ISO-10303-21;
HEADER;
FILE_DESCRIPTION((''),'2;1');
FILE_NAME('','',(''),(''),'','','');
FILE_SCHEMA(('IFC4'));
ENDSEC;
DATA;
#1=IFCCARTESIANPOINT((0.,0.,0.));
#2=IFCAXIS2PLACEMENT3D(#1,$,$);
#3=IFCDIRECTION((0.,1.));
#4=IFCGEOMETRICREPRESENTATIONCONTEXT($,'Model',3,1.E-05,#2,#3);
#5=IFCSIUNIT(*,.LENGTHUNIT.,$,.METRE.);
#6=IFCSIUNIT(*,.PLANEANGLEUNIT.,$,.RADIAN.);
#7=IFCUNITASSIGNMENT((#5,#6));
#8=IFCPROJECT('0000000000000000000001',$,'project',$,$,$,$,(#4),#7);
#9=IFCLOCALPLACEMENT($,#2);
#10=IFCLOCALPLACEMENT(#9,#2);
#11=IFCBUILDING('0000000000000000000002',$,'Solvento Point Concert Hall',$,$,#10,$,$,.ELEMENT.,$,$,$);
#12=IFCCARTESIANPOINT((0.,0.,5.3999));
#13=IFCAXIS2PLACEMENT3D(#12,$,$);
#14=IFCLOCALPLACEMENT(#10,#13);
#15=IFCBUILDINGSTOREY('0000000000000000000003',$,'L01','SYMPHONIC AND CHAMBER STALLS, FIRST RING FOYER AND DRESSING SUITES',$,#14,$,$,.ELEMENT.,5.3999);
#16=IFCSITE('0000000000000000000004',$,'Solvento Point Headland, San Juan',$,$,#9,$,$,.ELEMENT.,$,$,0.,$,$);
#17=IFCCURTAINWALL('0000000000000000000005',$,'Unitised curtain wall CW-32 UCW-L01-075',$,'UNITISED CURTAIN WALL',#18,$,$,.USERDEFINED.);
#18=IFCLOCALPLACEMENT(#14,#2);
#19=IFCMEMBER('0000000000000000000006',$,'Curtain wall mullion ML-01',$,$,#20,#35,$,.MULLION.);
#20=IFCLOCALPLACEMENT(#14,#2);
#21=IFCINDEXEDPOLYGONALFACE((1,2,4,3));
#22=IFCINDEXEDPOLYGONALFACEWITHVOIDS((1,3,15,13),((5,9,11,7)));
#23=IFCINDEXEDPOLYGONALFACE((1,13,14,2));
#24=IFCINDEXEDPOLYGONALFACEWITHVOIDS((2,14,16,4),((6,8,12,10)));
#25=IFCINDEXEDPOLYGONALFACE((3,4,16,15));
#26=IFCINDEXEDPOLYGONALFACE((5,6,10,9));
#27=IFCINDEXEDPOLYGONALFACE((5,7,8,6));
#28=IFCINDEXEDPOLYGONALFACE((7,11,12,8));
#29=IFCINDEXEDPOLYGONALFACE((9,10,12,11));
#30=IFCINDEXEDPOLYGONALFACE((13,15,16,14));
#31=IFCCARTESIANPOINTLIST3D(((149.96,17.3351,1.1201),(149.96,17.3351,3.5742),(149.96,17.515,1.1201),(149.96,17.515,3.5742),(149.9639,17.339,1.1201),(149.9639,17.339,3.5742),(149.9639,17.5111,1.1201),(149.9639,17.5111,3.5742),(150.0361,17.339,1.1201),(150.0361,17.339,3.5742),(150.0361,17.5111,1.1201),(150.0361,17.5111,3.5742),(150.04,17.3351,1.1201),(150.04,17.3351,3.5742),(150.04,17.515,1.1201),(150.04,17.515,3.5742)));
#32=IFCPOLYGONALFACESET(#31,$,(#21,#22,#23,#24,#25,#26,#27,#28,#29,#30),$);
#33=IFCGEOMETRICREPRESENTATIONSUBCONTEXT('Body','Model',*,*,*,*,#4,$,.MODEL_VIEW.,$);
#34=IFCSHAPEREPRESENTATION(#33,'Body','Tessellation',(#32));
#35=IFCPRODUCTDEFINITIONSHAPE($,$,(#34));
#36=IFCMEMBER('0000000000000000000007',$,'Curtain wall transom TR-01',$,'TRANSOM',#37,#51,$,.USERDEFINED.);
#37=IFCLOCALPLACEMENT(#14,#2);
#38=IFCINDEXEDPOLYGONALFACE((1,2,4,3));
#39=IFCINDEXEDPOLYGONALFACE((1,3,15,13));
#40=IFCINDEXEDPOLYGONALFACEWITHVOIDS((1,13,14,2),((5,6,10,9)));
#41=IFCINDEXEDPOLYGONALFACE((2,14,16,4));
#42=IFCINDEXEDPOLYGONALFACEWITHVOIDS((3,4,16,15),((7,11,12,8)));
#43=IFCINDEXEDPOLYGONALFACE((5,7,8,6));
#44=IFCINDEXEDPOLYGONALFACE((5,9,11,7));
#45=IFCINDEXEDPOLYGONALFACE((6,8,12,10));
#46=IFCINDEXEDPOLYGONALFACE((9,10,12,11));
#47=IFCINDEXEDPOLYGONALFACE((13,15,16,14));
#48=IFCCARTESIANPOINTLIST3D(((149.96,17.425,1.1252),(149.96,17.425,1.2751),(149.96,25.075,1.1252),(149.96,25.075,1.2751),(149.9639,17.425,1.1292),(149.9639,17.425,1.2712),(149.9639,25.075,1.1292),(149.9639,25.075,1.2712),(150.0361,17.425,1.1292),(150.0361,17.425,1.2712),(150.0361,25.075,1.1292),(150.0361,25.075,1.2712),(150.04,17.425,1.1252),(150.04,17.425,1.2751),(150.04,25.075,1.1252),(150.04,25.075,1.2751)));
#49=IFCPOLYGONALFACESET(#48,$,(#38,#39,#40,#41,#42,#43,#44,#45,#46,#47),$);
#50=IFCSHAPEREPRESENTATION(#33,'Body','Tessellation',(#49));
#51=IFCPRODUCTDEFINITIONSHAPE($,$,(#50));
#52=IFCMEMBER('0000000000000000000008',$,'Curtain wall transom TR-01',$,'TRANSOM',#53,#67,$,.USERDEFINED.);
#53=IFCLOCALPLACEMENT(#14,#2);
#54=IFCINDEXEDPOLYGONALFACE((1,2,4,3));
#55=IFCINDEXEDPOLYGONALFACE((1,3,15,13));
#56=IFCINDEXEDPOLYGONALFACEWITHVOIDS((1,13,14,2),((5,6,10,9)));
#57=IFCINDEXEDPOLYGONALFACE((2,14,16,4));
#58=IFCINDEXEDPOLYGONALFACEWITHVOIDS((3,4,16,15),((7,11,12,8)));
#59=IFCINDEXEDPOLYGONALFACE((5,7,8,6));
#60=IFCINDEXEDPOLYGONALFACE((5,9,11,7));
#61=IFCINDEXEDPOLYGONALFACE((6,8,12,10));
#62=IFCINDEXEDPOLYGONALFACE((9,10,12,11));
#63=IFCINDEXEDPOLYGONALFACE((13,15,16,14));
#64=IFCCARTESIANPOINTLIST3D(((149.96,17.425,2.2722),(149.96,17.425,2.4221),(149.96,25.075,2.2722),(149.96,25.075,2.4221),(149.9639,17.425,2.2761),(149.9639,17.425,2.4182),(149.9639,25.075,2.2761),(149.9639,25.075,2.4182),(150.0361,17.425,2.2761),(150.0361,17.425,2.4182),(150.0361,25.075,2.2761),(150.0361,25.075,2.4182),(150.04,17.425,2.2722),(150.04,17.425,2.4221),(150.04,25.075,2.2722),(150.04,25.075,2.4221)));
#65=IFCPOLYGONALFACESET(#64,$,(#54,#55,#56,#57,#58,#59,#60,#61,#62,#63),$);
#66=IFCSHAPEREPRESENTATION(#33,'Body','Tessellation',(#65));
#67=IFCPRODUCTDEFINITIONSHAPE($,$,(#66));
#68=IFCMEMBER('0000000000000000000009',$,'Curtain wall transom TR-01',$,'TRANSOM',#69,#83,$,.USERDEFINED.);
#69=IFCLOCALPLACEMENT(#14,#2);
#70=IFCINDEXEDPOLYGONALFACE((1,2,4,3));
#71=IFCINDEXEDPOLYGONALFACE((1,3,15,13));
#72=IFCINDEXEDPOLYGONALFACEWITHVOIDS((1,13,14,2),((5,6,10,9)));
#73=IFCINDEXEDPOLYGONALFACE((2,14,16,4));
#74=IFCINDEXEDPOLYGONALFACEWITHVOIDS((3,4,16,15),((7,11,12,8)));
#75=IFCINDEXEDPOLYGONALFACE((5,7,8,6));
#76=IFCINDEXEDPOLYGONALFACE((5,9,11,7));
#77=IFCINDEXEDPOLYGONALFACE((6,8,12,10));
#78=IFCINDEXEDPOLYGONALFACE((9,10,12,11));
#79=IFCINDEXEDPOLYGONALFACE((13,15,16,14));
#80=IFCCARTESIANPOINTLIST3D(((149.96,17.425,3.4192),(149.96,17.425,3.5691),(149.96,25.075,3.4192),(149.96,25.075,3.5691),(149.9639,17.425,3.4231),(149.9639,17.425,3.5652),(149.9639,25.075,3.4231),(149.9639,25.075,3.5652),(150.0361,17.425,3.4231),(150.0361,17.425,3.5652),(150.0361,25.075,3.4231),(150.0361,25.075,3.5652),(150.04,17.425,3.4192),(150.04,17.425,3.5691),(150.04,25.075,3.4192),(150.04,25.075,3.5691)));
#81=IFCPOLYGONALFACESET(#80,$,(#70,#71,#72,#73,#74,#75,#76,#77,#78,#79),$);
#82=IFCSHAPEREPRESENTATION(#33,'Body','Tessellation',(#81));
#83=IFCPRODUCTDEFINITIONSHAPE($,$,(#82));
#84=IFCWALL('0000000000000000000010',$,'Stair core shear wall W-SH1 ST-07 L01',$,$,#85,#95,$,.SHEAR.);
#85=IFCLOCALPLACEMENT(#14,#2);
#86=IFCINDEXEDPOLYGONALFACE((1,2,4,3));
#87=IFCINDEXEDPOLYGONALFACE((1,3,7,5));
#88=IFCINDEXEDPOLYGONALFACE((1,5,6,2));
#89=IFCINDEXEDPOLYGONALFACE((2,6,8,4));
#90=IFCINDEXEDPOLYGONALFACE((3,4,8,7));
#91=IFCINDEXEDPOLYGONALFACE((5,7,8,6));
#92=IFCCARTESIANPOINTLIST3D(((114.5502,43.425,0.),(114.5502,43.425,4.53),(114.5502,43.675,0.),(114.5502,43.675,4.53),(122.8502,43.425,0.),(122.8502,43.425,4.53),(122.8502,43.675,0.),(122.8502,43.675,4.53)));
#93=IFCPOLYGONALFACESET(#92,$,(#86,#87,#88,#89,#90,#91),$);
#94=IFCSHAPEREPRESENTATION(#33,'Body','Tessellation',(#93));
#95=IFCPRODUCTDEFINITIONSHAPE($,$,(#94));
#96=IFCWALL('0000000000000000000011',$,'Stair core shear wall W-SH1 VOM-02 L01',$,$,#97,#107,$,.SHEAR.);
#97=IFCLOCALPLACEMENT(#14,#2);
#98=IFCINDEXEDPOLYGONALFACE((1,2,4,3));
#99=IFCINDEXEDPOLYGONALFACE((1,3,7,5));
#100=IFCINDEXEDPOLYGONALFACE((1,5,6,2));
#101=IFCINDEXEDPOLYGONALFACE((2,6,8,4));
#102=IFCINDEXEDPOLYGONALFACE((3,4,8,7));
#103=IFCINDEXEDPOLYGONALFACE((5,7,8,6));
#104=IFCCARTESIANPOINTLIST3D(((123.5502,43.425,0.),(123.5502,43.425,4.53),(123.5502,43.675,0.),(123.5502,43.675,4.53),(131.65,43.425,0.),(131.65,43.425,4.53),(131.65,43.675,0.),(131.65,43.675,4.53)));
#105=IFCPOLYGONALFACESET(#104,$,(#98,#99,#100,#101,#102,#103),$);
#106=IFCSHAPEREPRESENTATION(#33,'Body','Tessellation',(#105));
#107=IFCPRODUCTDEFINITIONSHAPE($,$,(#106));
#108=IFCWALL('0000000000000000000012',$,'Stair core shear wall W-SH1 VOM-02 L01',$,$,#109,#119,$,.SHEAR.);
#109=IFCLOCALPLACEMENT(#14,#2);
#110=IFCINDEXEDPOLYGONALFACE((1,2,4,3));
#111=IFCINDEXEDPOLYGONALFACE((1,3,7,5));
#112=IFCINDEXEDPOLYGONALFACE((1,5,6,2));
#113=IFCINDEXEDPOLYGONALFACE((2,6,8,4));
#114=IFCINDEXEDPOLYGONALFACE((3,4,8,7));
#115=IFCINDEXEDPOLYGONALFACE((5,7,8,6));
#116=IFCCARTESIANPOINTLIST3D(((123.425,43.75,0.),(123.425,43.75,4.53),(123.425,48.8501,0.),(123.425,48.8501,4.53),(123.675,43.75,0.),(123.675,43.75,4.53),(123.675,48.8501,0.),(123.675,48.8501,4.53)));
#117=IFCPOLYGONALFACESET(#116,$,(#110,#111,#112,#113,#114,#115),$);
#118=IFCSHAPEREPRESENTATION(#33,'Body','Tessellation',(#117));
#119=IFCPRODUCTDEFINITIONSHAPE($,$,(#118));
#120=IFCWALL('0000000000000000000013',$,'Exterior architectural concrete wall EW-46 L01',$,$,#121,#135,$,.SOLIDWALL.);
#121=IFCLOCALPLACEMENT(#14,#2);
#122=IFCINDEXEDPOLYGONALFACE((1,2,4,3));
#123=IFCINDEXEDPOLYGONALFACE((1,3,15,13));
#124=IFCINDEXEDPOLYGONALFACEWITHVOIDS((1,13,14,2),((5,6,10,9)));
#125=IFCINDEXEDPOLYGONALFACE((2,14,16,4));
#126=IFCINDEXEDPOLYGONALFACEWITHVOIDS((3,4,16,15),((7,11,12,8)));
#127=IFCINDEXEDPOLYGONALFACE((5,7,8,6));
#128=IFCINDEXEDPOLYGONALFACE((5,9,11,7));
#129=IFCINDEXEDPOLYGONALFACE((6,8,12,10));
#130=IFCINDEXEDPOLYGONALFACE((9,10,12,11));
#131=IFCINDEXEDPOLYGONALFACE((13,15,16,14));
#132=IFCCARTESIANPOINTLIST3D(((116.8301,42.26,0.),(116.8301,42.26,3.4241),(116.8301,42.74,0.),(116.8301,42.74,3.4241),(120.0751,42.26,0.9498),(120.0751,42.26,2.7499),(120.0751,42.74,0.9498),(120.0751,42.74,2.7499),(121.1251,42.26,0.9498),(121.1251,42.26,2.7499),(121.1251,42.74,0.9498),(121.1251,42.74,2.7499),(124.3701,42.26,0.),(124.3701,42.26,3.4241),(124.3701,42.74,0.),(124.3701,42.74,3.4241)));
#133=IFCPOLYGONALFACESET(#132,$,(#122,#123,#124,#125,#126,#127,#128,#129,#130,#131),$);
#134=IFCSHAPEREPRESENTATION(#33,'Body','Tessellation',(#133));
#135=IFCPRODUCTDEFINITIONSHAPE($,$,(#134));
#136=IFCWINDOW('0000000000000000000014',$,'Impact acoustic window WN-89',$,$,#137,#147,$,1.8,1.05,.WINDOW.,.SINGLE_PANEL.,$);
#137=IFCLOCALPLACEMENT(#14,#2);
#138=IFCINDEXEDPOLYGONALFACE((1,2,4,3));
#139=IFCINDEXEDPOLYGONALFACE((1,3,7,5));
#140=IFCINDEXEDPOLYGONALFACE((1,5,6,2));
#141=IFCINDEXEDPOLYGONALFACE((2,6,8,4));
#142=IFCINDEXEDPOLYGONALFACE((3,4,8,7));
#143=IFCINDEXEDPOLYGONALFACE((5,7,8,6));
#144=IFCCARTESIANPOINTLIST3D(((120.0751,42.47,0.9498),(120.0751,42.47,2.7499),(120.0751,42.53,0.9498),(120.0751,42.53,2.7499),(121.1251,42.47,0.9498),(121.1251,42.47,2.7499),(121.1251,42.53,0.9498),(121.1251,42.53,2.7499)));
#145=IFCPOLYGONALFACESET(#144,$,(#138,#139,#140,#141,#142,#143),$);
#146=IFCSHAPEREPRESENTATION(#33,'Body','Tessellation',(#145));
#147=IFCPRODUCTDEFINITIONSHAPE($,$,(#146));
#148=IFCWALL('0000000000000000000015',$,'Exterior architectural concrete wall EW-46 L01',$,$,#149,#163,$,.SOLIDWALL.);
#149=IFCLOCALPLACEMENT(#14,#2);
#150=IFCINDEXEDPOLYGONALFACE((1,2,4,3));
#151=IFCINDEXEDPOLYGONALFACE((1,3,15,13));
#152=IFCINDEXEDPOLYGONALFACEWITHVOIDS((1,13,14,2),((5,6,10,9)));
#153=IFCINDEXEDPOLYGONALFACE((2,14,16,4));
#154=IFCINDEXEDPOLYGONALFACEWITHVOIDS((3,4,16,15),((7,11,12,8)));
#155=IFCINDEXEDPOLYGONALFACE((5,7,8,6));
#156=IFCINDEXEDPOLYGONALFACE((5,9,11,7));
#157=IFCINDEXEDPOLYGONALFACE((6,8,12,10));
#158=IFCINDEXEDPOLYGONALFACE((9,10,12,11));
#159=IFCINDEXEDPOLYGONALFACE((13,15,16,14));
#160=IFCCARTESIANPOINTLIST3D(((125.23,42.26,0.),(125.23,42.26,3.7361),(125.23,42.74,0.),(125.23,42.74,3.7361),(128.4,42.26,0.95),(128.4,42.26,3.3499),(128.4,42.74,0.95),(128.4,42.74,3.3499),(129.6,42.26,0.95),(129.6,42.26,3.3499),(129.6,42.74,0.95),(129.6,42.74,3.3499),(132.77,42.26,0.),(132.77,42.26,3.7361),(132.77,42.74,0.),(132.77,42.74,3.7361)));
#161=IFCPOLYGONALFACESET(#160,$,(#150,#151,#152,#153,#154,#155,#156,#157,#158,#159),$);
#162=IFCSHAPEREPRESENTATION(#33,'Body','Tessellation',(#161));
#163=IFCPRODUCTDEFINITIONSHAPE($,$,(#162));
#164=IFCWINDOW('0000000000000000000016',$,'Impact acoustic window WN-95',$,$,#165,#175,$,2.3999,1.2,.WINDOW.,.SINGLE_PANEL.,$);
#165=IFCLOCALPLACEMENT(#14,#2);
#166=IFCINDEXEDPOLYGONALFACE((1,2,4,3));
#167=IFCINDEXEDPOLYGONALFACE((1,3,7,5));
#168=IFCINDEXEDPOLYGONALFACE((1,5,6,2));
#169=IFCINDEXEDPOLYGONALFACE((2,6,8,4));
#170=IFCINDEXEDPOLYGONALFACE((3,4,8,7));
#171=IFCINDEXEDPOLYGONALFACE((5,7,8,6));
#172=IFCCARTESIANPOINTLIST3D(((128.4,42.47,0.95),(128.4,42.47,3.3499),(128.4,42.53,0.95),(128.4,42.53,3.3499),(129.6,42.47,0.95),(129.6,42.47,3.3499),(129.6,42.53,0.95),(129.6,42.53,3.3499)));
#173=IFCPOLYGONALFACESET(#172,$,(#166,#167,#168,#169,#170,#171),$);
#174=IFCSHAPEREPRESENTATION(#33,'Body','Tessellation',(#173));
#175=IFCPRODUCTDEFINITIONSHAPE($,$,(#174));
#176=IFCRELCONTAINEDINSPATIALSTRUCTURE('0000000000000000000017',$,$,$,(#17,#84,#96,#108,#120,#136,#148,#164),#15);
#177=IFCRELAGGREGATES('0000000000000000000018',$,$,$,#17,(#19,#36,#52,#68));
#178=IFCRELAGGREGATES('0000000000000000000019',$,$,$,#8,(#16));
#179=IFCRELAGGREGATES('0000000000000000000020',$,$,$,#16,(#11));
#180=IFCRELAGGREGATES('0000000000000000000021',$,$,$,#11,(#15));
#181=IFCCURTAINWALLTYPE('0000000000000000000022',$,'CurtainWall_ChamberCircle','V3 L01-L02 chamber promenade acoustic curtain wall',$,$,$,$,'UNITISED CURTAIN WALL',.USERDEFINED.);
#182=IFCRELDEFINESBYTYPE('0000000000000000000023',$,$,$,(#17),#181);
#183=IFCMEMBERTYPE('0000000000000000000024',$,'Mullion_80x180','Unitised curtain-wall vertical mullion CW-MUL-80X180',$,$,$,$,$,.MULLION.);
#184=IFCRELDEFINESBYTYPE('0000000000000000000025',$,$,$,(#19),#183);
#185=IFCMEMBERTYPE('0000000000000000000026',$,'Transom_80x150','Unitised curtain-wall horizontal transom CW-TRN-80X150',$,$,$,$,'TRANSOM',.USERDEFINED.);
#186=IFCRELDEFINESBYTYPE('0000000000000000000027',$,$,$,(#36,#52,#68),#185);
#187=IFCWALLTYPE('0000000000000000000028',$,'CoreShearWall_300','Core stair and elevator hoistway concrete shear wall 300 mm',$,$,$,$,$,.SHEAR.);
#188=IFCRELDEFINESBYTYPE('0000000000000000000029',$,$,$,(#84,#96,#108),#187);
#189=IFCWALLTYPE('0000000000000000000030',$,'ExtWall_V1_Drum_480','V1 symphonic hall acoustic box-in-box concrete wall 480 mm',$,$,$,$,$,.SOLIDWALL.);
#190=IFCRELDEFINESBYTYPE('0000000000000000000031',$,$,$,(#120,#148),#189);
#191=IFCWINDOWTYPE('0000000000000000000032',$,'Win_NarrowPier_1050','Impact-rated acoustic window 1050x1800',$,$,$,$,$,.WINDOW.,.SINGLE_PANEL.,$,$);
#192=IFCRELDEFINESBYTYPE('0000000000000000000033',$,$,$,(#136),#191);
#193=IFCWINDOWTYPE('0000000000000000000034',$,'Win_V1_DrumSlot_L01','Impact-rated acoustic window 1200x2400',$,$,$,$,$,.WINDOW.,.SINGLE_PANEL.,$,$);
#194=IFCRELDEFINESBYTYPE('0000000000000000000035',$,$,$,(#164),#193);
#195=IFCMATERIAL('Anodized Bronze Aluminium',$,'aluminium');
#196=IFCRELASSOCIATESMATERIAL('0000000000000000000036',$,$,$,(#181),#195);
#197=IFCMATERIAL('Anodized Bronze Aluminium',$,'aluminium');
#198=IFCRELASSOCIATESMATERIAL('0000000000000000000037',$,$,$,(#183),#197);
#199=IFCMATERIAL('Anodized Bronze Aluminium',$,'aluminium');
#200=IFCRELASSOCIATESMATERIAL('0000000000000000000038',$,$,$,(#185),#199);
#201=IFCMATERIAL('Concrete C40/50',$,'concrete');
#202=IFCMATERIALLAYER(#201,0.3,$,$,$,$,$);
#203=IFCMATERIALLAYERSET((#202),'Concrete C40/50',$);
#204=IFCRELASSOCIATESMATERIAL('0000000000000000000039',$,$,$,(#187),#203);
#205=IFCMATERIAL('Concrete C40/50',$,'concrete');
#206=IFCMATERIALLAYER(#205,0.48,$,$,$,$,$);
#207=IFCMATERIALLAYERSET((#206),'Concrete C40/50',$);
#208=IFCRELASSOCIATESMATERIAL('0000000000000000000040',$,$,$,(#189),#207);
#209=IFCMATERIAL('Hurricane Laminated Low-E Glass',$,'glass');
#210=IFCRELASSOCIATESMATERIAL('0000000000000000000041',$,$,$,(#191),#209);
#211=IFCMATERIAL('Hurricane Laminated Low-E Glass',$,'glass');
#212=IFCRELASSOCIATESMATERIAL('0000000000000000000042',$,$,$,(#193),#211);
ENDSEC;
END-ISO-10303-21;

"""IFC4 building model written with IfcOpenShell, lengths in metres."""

from ifc_helpers import new_model, si_unit, direction, frame, frame_2d, origin, origin_2d, place, context, subcontext, project, spatial, rectangle, hollow_rectangle, extrude, material, layer, layer_set, material_profile, profile_set, type_object, element, fill, aggregate, save


model = new_model("IFC4")

# Units and contexts
model_context = context("Model", 3, precision=1e-05, world=origin(), true_north=direction((0.0, 1.0)))
body_context = subcontext(model_context, "Body", "Model", "MODEL_VIEW")
ifc_project = project(units=[si_unit("LENGTHUNIT", "METRE"), si_unit("PLANEANGLEUNIT", "RADIAN")], contexts=[model_context])

# Site, building, storey
site_placement = place(None, origin())
site = spatial("IfcSite", under=ifc_project, at=site_placement, Name="Solvento Point Headland, San Juan", CompositionType="ELEMENT", RefElevation=0.0)
building_placement = place(site_placement, origin())
building = spatial("IfcBuilding", under=site, at=building_placement, Name="Solvento Point Concert Hall", CompositionType="ELEMENT")
storey_placement = place(building_placement, frame((0.0, 0.0, 5.3999)))
storey = spatial("IfcBuildingStorey", under=building, at=storey_placement, Name="L01", Description="SYMPHONIC AND CHAMBER STALLS, FIRST RING FOYER AND DRESSING SUITES", CompositionType="ELEMENT", Elevation=5.3999)

# Curtain wall, members
ifc_material_1 = material(Name="Anodized Bronze Aluminium", Category="aluminium")
curtain_wall_type = type_object("IfcCurtainWallType", Name="CurtainWall_ChamberCircle", Description="V3 L01-L02 chamber promenade acoustic curtain wall", ElementType="UNITISED CURTAIN WALL", PredefinedType="USERDEFINED", material=ifc_material_1)
curtain_wall_placement = place(storey_placement, origin())
curtain_wall = element("IfcCurtainWall", 1, at=curtain_wall_placement, inside=storey, type_object=curtain_wall_type, Name="Unitised curtain wall CW-32 UCW-L01-075", ObjectType="UNITISED CURTAIN WALL", PredefinedType="USERDEFINED")
ifc_material_2 = material(Name="Anodized Bronze Aluminium", Category="aluminium")
ifc_material_profile_1 = material_profile(ifc_material_2, hollow_rectangle(XDim=0.0801, YDim=0.1799, WallThickness=0.0039, at=origin_2d()), Name="CW-MUL-80X180")
ifc_profile_set_1 = profile_set([ifc_material_profile_1], Name="Anodized Bronze Aluminium")
member_type_1 = type_object("IfcMemberType", Name="Mullion_80x180", Description="Unitised curtain-wall vertical mullion CW-MUL-80X180", PredefinedType="MULLION", material=ifc_profile_set_1)
member_1_placement = place(storey_placement, frame((150.0, 17.425, 1.1201), z_axis=(0.0, 0.0, 1.0), x_axis=(1.0, 0.0, 0.0)))
member_1 = element("IfcMember", 2, at=member_1_placement, type_object=member_type_1, Name="Curtain wall mullion ML-01", PredefinedType="MULLION", context=body_context, shape_type="SweptSolid", body=[
    extrude(hollow_rectangle(XDim=0.0801, YDim=0.1799, WallThickness=0.0039, at=origin_2d()), origin(), (0.0, 0.0, 1.0), 2.4541),
])
ifc_material_3 = material(Name="Anodized Bronze Aluminium", Category="aluminium")
ifc_material_profile_2 = material_profile(ifc_material_3, hollow_rectangle(XDim=0.0801, YDim=0.1499, WallThickness=0.0039, at=origin_2d()), Name="CW-TRN-80X150")
ifc_profile_set_2 = profile_set([ifc_material_profile_2], Name="Anodized Bronze Aluminium")
member_type_2 = type_object("IfcMemberType", Name="Transom_80x150", Description="Unitised curtain-wall horizontal transom CW-TRN-80X150", ElementType="TRANSOM", PredefinedType="USERDEFINED", material=ifc_profile_set_2)
member_2_placement = place(storey_placement, frame((150.0, 17.425, 1.2002), z_axis=(0.0, 1.0, 0.0), x_axis=(-1.0, 0.0, 0.0)))
member_2 = element("IfcMember", 3, at=member_2_placement, type_object=member_type_2, Name="Curtain wall transom TR-01", ObjectType="TRANSOM", PredefinedType="USERDEFINED", context=body_context, shape_type="SweptSolid", body=[
    extrude(hollow_rectangle(XDim=0.0801, YDim=0.1499, WallThickness=0.0039, at=origin_2d()), origin(), (0.0, 0.0, 1.0), 7.6499),
])
member_3_placement = place(storey_placement, frame((150.0, 17.425, 2.3472), z_axis=(0.0, 1.0, 0.0), x_axis=(-1.0, 0.0, 0.0)))
member_3 = element("IfcMember", 4, at=member_3_placement, type_object=member_type_2, Name="Curtain wall transom TR-01", ObjectType="TRANSOM", PredefinedType="USERDEFINED", context=body_context, shape_type="SweptSolid", body=[
    extrude(hollow_rectangle(XDim=0.0801, YDim=0.1499, WallThickness=0.0039, at=origin_2d()), origin(), (0.0, 0.0, 1.0), 7.6499),
])
member_4_placement = place(storey_placement, frame((150.0, 17.425, 3.4941), z_axis=(0.0, 1.0, 0.0), x_axis=(-1.0, 0.0, 0.0)))
member_4 = element("IfcMember", 5, at=member_4_placement, type_object=member_type_2, Name="Curtain wall transom TR-01", ObjectType="TRANSOM", PredefinedType="USERDEFINED", context=body_context, shape_type="SweptSolid", body=[
    extrude(hollow_rectangle(XDim=0.0801, YDim=0.1499, WallThickness=0.0039, at=origin_2d()), origin(), (0.0, 0.0, 1.0), 7.6499),
])
aggregate(curtain_wall, [member_1, member_2, member_3, member_4])

# Walls
ifc_material_4 = material(Name="Concrete C40/50", Category="concrete")
ifc_layer_1 = layer(ifc_material_4, 0.3)
ifc_layer_set_1 = layer_set([ifc_layer_1], Name="Concrete C40/50")
wall_type_1 = type_object("IfcWallType", Name="CoreShearWall_300", Description="Core stair and elevator hoistway concrete shear wall 300 mm", PredefinedType="SHEAR", material=ifc_layer_set_1)
wall_1_placement = place(storey_placement, frame((122.8501, 43.55, 0.0), z_axis=(0.0, 0.0, 1.0), x_axis=(-1.0, 0.0, 0.0)))
element("IfcWall", 6, at=wall_1_placement, inside=storey, type_object=wall_type_1, Name="Stair core shear wall W-SH1 ST-07 L01", PredefinedType="SHEAR", context=body_context, shape_type="SweptSolid", body=[
    extrude(rectangle(XDim=8.3, YDim=0.25, at=frame_2d((4.1499, 0.0))), origin(), (0.0, 0.0, 1.0), 4.53),
])
wall_2_placement = place(storey_placement, frame((131.6499, 43.55, 0.0), z_axis=(0.0, 0.0, 1.0), x_axis=(-1.0, 0.0, 0.0)))
element("IfcWall", 7, at=wall_2_placement, inside=storey, type_object=wall_type_1, Name="Stair core shear wall W-SH1 VOM-02 L01", PredefinedType="SHEAR", context=body_context, shape_type="SweptSolid", body=[
    extrude(rectangle(XDim=8.0999, YDim=0.25, at=frame_2d((4.0498, 0.0))), origin(), (0.0, 0.0, 1.0), 4.53),
])
wall_3_placement = place(storey_placement, frame((123.55, 43.75, 0.0), z_axis=(0.0, 0.0, 1.0), x_axis=(0.0, 1.0, 0.0)))
element("IfcWall", 8, at=wall_3_placement, inside=storey, type_object=wall_type_1, Name="Stair core shear wall W-SH1 VOM-02 L01", PredefinedType="SHEAR", context=body_context, shape_type="SweptSolid", body=[
    extrude(rectangle(XDim=5.1001, YDim=0.25, at=frame_2d((2.55, 0.0))), origin(), (0.0, 0.0, 1.0), 4.53),
])

# Walls, openings, windows
ifc_material_5 = material(Name="Concrete C40/50", Category="concrete")
ifc_layer_2 = layer(ifc_material_5, 0.48)
ifc_layer_set_2 = layer_set([ifc_layer_2], Name="Concrete C40/50")
wall_type_2 = type_object("IfcWallType", Name="ExtWall_V1_Drum_480", Description="V1 symphonic hall acoustic box-in-box concrete wall 480 mm", PredefinedType="SOLIDWALL", material=ifc_layer_set_2)
wall_4_placement = place(storey_placement, frame((124.3701, 42.5, 0.0), z_axis=(0.0, 0.0, 1.0), x_axis=(-1.0, 0.0, 0.0)))
wall_4 = element("IfcWall", 9, at=wall_4_placement, inside=storey, type_object=wall_type_2, Name="Exterior architectural concrete wall EW-46 L01", PredefinedType="SOLIDWALL", context=body_context, shape_type="SweptSolid", body=[
    extrude(rectangle(XDim=7.54, YDim=0.48, at=frame_2d((3.77, 0.0))), origin(), (0.0, 0.0, 1.0), 3.4241),
])
opening_1_placement = place(wall_4_placement, frame((3.2451, 0.0, 0.95)))
opening_1 = element("IfcOpeningElement", 10, at=opening_1_placement, cuts=wall_4, PredefinedType="OPENING", context=body_context, shape_type="SweptSolid", body=[
    extrude(rectangle(XDim=1.05, YDim=1.8, at=frame_2d((0.5249, 0.8999))), frame((0.0, 0.25, 0.0), z_axis=(0.0, -1.0, 0.0), x_axis=(1.0, 0.0, 0.0)), (0.0, 0.0, 1.0), 0.5),
])
ifc_material_6 = material(Name="Hurricane Laminated Low-E Glass", Category="glass")
window_type_1 = type_object("IfcWindowType", Name="Win_NarrowPier_1050", Description="Impact-rated acoustic window 1050x1800", PartitioningType="SINGLE_PANEL", PredefinedType="WINDOW", material=ifc_material_6)
window_1_placement = place(opening_1_placement, origin())
window_1 = element("IfcWindow", 11, at=window_1_placement, inside=storey, type_object=window_type_1, Name="Impact acoustic window WN-89", OverallHeight=1.8, OverallWidth=1.05, PartitioningType="SINGLE_PANEL", PredefinedType="WINDOW", context=body_context, shape_type="SweptSolid", body=[
    extrude(rectangle(XDim=1.05, YDim=1.8, at=frame_2d((0.5249, 0.8999))), frame((0.0, 0.03, 0.0), z_axis=(0.0, -1.0, 0.0), x_axis=(1.0, 0.0, 0.0)), (0.0, 0.0, 1.0), 0.0601),
])
fill(opening_1, window_1)
wall_5_placement = place(storey_placement, frame((132.77, 42.5, 0.0), z_axis=(0.0, 0.0, 1.0), x_axis=(-1.0, 0.0, 0.0)))
wall_5 = element("IfcWall", 12, at=wall_5_placement, inside=storey, type_object=wall_type_2, Name="Exterior architectural concrete wall EW-46 L01", PredefinedType="SOLIDWALL", context=body_context, shape_type="SweptSolid", body=[
    extrude(rectangle(XDim=7.54, YDim=0.48, at=frame_2d((3.77, 0.0))), origin(), (0.0, 0.0, 1.0), 3.7361),
])
opening_2_placement = place(wall_5_placement, frame((3.1699, 0.0, 0.95)))
opening_2 = element("IfcOpeningElement", 13, at=opening_2_placement, cuts=wall_5, PredefinedType="OPENING", context=body_context, shape_type="SweptSolid", body=[
    extrude(rectangle(XDim=1.2, YDim=2.3999, at=frame_2d((0.6001, 1.2))), frame((0.0, 0.25, 0.0), z_axis=(0.0, -1.0, 0.0), x_axis=(1.0, 0.0, 0.0)), (0.0, 0.0, 1.0), 0.5),
])
ifc_material_7 = material(Name="Hurricane Laminated Low-E Glass", Category="glass")
window_type_2 = type_object("IfcWindowType", Name="Win_V1_DrumSlot_L01", Description="Impact-rated acoustic window 1200x2400", PartitioningType="SINGLE_PANEL", PredefinedType="WINDOW", material=ifc_material_7)
window_2_placement = place(opening_2_placement, origin())
window_2 = element("IfcWindow", 14, at=window_2_placement, inside=storey, type_object=window_type_2, Name="Impact acoustic window WN-95", OverallHeight=2.3999, OverallWidth=1.2, PartitioningType="SINGLE_PANEL", PredefinedType="WINDOW", context=body_context, shape_type="SweptSolid", body=[
    extrude(rectangle(XDim=1.2, YDim=2.3999, at=frame_2d((0.6001, 1.2))), frame((0.0, 0.03, 0.0), z_axis=(0.0, -1.0, 0.0), x_axis=(1.0, 0.0, 0.0)), (0.0, 0.0, 1.0), 0.0601),
])
fill(opening_2, window_2)

save(model, "model.ifc")
